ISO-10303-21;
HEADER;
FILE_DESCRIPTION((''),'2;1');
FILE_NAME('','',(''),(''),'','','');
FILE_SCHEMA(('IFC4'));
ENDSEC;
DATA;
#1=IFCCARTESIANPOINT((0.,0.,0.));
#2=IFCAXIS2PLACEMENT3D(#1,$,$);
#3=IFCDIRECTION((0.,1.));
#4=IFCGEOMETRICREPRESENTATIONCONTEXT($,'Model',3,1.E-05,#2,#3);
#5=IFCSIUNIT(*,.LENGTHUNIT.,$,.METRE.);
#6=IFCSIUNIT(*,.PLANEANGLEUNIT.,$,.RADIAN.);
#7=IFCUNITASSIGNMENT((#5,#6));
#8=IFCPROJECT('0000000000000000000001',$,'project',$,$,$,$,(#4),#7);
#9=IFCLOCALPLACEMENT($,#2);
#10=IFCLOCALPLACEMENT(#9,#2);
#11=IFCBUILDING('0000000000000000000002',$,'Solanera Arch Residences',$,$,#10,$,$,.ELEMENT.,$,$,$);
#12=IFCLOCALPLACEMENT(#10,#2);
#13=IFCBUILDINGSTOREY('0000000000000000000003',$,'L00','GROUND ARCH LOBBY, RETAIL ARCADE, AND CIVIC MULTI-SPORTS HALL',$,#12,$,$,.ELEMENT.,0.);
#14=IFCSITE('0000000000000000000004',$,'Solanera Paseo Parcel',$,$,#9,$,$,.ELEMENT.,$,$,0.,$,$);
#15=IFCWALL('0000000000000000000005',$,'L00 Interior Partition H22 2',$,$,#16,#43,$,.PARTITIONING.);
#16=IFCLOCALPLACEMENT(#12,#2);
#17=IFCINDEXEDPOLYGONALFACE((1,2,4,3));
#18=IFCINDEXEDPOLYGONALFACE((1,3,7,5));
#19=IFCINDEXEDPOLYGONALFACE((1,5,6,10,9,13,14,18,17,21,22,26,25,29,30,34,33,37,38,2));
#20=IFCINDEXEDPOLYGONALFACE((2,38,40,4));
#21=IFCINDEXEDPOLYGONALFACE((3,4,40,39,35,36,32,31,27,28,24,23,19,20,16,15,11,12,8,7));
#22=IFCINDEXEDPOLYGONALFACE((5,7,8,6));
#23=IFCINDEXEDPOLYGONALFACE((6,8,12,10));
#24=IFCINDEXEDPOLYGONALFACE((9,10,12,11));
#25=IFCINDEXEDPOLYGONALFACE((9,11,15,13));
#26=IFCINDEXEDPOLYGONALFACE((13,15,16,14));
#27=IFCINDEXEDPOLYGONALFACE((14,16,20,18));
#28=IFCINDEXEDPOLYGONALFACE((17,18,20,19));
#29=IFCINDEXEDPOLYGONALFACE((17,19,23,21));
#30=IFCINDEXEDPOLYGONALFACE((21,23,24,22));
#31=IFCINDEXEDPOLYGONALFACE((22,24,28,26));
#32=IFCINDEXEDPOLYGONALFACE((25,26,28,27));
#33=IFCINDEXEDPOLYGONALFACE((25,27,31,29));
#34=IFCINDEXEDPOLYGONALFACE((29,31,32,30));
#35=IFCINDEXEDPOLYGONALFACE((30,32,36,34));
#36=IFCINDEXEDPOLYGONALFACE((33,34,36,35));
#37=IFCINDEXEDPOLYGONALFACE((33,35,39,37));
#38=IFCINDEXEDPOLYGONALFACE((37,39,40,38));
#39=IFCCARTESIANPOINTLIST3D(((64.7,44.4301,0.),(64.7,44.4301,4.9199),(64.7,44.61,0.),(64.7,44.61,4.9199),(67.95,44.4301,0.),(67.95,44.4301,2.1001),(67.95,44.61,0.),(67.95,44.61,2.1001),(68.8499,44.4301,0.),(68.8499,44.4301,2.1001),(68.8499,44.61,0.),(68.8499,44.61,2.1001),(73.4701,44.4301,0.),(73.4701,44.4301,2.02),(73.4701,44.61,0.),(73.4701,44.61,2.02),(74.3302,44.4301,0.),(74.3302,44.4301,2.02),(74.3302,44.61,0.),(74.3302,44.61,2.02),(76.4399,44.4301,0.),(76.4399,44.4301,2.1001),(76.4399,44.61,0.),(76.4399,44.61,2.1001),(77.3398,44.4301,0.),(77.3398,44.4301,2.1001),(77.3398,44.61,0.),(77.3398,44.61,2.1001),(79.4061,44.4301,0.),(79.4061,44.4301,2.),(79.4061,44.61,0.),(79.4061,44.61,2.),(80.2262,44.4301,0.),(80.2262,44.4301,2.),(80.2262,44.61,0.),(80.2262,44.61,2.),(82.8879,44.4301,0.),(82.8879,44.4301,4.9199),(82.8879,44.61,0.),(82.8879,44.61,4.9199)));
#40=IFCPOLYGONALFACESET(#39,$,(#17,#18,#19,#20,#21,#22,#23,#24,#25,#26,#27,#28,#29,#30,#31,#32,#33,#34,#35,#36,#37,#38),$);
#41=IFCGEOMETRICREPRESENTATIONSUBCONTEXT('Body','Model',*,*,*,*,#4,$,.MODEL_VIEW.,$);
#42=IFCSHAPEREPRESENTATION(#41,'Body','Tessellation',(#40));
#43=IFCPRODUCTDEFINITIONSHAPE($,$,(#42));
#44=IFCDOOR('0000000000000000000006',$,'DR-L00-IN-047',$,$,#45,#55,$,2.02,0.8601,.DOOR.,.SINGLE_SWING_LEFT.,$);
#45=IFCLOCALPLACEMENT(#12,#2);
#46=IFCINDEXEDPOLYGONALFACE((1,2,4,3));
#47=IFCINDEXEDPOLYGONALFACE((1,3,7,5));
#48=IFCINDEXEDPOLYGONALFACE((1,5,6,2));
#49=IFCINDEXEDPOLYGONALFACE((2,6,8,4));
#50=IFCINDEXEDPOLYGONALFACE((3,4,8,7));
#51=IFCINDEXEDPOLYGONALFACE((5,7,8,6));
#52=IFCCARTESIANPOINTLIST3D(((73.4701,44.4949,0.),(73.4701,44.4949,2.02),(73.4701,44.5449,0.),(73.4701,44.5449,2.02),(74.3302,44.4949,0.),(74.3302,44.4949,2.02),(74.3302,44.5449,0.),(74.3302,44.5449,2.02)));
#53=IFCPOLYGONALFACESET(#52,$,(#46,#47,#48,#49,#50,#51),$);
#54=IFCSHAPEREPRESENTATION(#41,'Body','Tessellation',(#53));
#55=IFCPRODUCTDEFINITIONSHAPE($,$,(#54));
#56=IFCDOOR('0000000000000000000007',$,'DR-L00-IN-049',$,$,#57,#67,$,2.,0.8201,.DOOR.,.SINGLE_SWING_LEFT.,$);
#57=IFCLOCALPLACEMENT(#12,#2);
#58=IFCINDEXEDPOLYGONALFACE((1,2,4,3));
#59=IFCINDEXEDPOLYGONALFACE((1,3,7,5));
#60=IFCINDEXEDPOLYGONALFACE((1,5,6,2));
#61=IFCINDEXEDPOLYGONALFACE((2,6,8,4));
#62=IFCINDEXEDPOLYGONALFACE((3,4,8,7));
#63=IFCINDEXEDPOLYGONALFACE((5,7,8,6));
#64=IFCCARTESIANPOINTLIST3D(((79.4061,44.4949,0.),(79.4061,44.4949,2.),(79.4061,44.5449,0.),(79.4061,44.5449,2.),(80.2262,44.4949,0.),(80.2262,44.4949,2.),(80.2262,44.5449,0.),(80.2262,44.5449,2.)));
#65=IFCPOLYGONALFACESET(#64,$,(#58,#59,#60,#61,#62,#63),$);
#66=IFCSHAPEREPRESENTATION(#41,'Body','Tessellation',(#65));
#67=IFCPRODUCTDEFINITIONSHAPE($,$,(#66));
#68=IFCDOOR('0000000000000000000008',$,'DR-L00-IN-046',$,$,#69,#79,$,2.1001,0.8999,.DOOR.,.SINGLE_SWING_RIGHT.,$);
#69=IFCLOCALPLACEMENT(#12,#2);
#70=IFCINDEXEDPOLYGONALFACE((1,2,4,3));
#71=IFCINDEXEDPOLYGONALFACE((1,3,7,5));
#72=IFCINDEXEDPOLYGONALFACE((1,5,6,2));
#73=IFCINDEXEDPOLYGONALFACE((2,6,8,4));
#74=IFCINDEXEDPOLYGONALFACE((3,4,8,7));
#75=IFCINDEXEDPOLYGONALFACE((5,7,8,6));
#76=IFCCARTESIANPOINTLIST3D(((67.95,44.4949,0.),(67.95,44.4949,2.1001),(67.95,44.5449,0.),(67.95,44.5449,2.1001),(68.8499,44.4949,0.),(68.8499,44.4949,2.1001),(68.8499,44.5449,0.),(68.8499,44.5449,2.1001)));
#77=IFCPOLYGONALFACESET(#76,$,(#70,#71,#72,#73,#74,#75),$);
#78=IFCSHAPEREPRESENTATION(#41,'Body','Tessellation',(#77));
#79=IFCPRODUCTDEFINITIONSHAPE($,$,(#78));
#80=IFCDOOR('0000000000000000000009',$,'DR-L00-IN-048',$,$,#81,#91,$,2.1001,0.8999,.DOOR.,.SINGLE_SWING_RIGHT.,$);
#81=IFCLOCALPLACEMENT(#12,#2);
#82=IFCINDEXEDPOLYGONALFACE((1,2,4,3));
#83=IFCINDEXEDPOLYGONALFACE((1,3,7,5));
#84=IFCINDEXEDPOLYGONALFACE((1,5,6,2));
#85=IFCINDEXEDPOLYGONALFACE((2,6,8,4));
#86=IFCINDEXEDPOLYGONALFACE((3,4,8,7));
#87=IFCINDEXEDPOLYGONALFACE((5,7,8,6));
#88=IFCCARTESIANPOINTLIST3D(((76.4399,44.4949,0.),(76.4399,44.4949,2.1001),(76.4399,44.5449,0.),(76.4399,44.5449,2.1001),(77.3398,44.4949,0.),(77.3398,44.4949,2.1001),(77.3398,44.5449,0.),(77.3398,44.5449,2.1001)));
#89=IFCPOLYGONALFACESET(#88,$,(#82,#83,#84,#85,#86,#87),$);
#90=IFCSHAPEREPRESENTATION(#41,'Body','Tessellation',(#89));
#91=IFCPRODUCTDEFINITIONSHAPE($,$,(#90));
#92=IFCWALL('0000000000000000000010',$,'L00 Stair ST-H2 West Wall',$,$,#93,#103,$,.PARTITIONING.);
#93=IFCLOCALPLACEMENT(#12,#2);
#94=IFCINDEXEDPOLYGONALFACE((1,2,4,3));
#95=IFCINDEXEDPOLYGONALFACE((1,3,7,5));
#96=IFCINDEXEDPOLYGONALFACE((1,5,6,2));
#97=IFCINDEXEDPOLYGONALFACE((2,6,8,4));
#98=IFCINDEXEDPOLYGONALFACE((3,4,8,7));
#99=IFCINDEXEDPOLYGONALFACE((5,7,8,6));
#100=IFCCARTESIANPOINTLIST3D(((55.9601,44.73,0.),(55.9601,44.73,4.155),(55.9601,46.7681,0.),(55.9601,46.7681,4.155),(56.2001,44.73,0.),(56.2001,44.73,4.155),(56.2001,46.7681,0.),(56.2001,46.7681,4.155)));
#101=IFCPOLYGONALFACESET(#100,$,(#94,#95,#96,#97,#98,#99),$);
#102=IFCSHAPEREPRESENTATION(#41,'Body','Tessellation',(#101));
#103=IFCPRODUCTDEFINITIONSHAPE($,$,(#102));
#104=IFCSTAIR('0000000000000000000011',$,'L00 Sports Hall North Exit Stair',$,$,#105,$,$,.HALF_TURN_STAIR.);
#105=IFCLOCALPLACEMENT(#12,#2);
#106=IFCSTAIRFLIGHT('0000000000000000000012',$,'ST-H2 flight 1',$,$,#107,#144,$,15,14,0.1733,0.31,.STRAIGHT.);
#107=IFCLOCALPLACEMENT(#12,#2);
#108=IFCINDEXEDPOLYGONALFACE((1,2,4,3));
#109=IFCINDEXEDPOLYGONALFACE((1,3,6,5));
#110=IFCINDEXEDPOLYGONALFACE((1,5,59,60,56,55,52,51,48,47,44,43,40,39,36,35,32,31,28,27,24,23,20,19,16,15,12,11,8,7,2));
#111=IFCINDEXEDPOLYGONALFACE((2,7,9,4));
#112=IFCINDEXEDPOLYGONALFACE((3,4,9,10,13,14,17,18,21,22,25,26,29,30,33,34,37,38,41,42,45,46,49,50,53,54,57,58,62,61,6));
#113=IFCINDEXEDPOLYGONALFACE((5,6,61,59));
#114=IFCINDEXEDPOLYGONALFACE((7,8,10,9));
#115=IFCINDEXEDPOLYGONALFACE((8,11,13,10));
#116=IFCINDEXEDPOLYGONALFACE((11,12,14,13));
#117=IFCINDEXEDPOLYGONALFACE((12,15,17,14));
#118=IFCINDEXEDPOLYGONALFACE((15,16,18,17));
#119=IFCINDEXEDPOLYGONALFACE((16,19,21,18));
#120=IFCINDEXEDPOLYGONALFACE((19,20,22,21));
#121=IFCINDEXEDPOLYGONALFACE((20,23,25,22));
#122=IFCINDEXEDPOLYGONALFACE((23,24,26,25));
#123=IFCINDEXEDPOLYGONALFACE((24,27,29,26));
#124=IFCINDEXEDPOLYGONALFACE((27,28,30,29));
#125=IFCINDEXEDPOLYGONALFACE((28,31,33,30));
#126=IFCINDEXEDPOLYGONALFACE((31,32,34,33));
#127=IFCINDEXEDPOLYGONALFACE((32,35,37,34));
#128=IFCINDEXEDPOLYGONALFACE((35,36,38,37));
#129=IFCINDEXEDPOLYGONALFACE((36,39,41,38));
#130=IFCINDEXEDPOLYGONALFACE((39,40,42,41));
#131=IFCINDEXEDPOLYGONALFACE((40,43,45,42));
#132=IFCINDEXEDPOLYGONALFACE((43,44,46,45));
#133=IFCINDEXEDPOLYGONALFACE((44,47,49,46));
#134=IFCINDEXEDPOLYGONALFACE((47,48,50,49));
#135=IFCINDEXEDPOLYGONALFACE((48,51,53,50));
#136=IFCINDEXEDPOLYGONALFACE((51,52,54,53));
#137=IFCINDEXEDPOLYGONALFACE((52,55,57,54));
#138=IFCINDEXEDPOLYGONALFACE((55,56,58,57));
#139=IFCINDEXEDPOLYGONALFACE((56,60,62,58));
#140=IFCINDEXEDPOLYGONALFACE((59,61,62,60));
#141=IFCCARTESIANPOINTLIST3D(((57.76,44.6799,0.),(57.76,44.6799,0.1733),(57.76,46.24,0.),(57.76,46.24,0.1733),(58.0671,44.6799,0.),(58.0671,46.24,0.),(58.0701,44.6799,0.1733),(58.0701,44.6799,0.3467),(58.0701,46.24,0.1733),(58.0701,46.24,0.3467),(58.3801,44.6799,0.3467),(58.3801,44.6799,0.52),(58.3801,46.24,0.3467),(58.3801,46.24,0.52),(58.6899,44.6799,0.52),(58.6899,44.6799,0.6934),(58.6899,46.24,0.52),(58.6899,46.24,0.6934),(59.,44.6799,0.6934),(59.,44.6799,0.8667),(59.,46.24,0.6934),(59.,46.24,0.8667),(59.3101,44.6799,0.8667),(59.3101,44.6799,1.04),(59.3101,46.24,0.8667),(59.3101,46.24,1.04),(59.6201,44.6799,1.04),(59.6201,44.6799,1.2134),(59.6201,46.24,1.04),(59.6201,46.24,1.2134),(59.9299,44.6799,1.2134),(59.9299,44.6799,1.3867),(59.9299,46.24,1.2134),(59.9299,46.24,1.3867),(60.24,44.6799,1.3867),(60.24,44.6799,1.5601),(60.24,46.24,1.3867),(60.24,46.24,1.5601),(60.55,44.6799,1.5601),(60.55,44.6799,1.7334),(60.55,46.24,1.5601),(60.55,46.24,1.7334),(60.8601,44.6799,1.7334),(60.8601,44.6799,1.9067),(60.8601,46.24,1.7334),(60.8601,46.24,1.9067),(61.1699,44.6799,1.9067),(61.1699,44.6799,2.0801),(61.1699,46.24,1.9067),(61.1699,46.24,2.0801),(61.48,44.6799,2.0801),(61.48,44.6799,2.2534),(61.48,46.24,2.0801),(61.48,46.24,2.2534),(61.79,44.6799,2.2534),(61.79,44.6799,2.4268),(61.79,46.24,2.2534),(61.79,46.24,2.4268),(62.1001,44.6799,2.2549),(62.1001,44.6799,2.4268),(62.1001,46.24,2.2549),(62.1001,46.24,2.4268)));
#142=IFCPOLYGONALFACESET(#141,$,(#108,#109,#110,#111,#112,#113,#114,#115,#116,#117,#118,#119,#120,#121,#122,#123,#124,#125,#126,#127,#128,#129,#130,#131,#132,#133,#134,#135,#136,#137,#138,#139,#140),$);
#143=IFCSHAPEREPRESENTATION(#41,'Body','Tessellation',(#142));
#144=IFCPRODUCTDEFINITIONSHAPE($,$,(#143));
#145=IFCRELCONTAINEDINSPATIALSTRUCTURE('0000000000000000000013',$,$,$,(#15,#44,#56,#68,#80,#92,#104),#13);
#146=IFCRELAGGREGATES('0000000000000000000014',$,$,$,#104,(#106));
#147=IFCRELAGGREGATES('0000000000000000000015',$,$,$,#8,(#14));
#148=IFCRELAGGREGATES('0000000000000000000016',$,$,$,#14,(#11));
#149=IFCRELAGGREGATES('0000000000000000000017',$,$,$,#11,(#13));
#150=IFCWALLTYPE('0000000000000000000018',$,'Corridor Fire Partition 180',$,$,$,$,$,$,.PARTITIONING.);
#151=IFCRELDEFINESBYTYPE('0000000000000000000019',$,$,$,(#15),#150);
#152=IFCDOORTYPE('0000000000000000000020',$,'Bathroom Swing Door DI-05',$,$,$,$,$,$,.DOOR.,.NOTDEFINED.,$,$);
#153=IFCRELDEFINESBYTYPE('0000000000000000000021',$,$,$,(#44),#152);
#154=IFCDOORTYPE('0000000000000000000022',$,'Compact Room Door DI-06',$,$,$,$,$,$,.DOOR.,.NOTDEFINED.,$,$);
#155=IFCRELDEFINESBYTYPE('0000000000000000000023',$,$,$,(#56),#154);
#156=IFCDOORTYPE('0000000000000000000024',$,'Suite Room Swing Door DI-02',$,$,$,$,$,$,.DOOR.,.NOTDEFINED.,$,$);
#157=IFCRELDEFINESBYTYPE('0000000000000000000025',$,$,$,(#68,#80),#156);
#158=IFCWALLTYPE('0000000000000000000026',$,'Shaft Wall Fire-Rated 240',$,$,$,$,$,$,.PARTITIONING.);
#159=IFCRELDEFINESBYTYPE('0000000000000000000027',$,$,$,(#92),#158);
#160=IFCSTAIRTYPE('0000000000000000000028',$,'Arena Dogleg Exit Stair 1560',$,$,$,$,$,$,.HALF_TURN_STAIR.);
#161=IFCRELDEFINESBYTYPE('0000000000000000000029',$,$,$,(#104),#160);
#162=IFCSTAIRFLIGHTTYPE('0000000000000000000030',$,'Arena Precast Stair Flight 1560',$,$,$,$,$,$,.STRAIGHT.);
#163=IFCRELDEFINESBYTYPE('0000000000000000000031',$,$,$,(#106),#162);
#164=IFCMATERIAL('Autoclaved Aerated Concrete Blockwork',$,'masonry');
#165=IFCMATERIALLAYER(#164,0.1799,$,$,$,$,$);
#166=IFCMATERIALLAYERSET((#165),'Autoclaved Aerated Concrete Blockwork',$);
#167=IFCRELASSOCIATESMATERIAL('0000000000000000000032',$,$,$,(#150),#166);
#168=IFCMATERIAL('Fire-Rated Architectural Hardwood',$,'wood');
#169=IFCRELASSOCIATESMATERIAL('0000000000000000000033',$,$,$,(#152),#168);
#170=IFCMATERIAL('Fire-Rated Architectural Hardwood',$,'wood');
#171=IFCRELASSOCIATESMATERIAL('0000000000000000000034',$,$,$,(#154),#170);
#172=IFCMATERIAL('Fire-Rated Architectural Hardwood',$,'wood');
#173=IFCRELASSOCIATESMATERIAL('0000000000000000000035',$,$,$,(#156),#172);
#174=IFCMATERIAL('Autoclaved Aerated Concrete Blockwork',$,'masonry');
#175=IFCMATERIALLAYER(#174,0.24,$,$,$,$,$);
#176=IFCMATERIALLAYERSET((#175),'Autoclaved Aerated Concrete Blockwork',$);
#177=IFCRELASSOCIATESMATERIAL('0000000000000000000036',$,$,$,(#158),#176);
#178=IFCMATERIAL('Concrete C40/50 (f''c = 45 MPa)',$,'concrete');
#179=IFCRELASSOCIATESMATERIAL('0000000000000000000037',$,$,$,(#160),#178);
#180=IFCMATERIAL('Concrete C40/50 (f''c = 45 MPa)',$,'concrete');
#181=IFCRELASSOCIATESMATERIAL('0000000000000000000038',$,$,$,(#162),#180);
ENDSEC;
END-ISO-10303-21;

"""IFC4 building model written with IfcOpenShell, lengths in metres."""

from ifc_helpers import new_model, si_unit, direction, frame, frame_2d, origin, place, context, subcontext, project, spatial, polyline, rectangle, outline, extrude, material, layer, layer_set, type_object, element, fill, aggregate, save


model = new_model("IFC4")

# Units and contexts
model_context = context("Model", 3, precision=1e-05, world=origin(), true_north=direction((0.0, 1.0)))
body_context = subcontext(model_context, "Body", "Model", "MODEL_VIEW")
ifc_project = project(units=[si_unit("LENGTHUNIT", "METRE"), si_unit("PLANEANGLEUNIT", "RADIAN")], contexts=[model_context])

# Site, building, storey
site_placement = place(None, origin())
site = spatial("IfcSite", under=ifc_project, at=site_placement, Name="Solanera Paseo Parcel", CompositionType="ELEMENT", RefElevation=0.0)
building_placement = place(site_placement, origin())
building = spatial("IfcBuilding", under=site, at=building_placement, Name="Solanera Arch Residences", CompositionType="ELEMENT")
storey_placement = place(building_placement, origin())
storey = spatial("IfcBuildingStorey", under=building, at=storey_placement, Name="L00", Description="GROUND ARCH LOBBY, RETAIL ARCADE, AND CIVIC MULTI-SPORTS HALL", CompositionType="ELEMENT", Elevation=0.0)

# Shared definitions
ifc_material_1 = material(Name="Autoclaved Aerated Concrete Blockwork", Category="masonry")
ifc_layer_1 = layer(ifc_material_1, 0.1799)
ifc_layer_set_1 = layer_set([ifc_layer_1], Name="Autoclaved Aerated Concrete Blockwork")
wall_type_1 = type_object("IfcWallType", Name="Corridor Fire Partition 180", PredefinedType="PARTITIONING", material=ifc_layer_set_1)

# Wall, openings, doors
wall_1_placement = place(storey_placement, frame((64.7, 44.52, 0.0), z_axis=(0.0, 0.0, 1.0), x_axis=(1.0, 0.0, 0.0)))
wall_1 = element("IfcWall", 1, at=wall_1_placement, inside=storey, type_object=wall_type_1, Name="L00 Interior Partition H22 2", PredefinedType="PARTITIONING", context=body_context, shape_type="SweptSolid", body=[
    extrude(rectangle(XDim=18.188, YDim=0.1799, at=frame_2d((9.094, 0.0))), origin(), (0.0, 0.0, 1.0), 4.9199),
])
opening_1_placement = place(wall_1_placement, frame((3.25, 0.0, 0.0)))
opening_1 = element("IfcOpeningElement", 2, at=opening_1_placement, cuts=wall_1, PredefinedType="OPENING", context=body_context, shape_type="SweptSolid", body=[
    extrude(rectangle(XDim=0.8999, YDim=2.1001, at=frame_2d((0.45, 1.05))), frame((0.0, 0.1001, 0.0), z_axis=(0.0, -1.0, 0.0), x_axis=(1.0, 0.0, 0.0)), (0.0, 0.0, 1.0), 0.1999),
])
opening_2_placement = place(wall_1_placement, frame((8.77, 0.0, 0.0)))
opening_2 = element("IfcOpeningElement", 3, at=opening_2_placement, cuts=wall_1, PredefinedType="OPENING", context=body_context, shape_type="SweptSolid", body=[
    extrude(rectangle(XDim=0.8601, YDim=2.02, at=frame_2d((0.4302, 1.01))), frame((0.0, 0.1001, 0.0), z_axis=(0.0, -1.0, 0.0), x_axis=(1.0, 0.0, 0.0)), (0.0, 0.0, 1.0), 0.1999),
])
opening_3_placement = place(wall_1_placement, frame((11.74, 0.0, 0.0)))
opening_3 = element("IfcOpeningElement", 4, at=opening_3_placement, cuts=wall_1, PredefinedType="OPENING", context=body_context, shape_type="SweptSolid", body=[
    extrude(rectangle(XDim=0.8999, YDim=2.1001, at=frame_2d((0.45, 1.05))), frame((0.0, 0.1001, 0.0), z_axis=(0.0, -1.0, 0.0), x_axis=(1.0, 0.0, 0.0)), (0.0, 0.0, 1.0), 0.1999),
])
opening_4_placement = place(wall_1_placement, frame((14.7061, 0.0, 0.0)))
opening_4 = element("IfcOpeningElement", 5, at=opening_4_placement, cuts=wall_1, PredefinedType="OPENING", context=body_context, shape_type="SweptSolid", body=[
    extrude(rectangle(XDim=0.8201, YDim=2.0, at=frame_2d((0.4102, 1.0))), frame((0.0, 0.1001, 0.0), z_axis=(0.0, -1.0, 0.0), x_axis=(1.0, 0.0, 0.0)), (0.0, 0.0, 1.0), 0.1999),
])
ifc_material_2 = material(Name="Fire-Rated Architectural Hardwood", Category="wood")
door_type_1 = type_object("IfcDoorType", Name="Bathroom Swing Door DI-05", OperationType="NOTDEFINED", PredefinedType="DOOR", material=ifc_material_2)
door_1_placement = place(opening_2_placement, origin())
door_1 = element("IfcDoor", 6, at=door_1_placement, inside=storey, type_object=door_type_1, Name="DR-L00-IN-047", OperationType="SINGLE_SWING_LEFT", OverallHeight=2.02, OverallWidth=0.8601, PredefinedType="DOOR", context=body_context, shape_type="SweptSolid", body=[
    extrude(rectangle(XDim=0.8601, YDim=2.02, at=frame_2d((0.4302, 1.01))), frame((0.0, 0.0249, 0.0), z_axis=(0.0, -1.0, 0.0), x_axis=(1.0, 0.0, 0.0)), (0.0, 0.0, 1.0), 0.05),
])
fill(opening_2, door_1)
ifc_material_3 = material(Name="Fire-Rated Architectural Hardwood", Category="wood")
door_type_2 = type_object("IfcDoorType", Name="Compact Room Door DI-06", OperationType="NOTDEFINED", PredefinedType="DOOR", material=ifc_material_3)
door_2_placement = place(opening_4_placement, origin())
door_2 = element("IfcDoor", 7, at=door_2_placement, inside=storey, type_object=door_type_2, Name="DR-L00-IN-049", OperationType="SINGLE_SWING_LEFT", OverallHeight=2.0, OverallWidth=0.8201, PredefinedType="DOOR", context=body_context, shape_type="SweptSolid", body=[
    extrude(rectangle(XDim=0.8201, YDim=2.0, at=frame_2d((0.4102, 1.0))), frame((0.0, 0.0249, 0.0), z_axis=(0.0, -1.0, 0.0), x_axis=(1.0, 0.0, 0.0)), (0.0, 0.0, 1.0), 0.05),
])
fill(opening_4, door_2)
ifc_material_4 = material(Name="Fire-Rated Architectural Hardwood", Category="wood")
door_type_3 = type_object("IfcDoorType", Name="Suite Room Swing Door DI-02", OperationType="NOTDEFINED", PredefinedType="DOOR", material=ifc_material_4)
door_3_placement = place(opening_1_placement, origin())
door_3 = element("IfcDoor", 8, at=door_3_placement, inside=storey, type_object=door_type_3, Name="DR-L00-IN-046", OperationType="SINGLE_SWING_RIGHT", OverallHeight=2.1001, OverallWidth=0.8999, PredefinedType="DOOR", context=body_context, shape_type="SweptSolid", body=[
    extrude(rectangle(XDim=0.8999, YDim=2.1001, at=frame_2d((0.45, 1.05))), frame((0.0, 0.0249, 0.0), z_axis=(0.0, -1.0, 0.0), x_axis=(1.0, 0.0, 0.0)), (0.0, 0.0, 1.0), 0.05),
])
fill(opening_1, door_3)
door_4_placement = place(opening_3_placement, origin())
door_4 = element("IfcDoor", 9, at=door_4_placement, inside=storey, type_object=door_type_3, Name="DR-L00-IN-048", OperationType="SINGLE_SWING_RIGHT", OverallHeight=2.1001, OverallWidth=0.8999, PredefinedType="DOOR", context=body_context, shape_type="SweptSolid", body=[
    extrude(rectangle(XDim=0.8999, YDim=2.1001, at=frame_2d((0.45, 1.05))), frame((0.0, 0.0249, 0.0), z_axis=(0.0, -1.0, 0.0), x_axis=(1.0, 0.0, 0.0)), (0.0, 0.0, 1.0), 0.05),
])
fill(opening_3, door_4)

# Wall
ifc_material_5 = material(Name="Autoclaved Aerated Concrete Blockwork", Category="masonry")
ifc_layer_2 = layer(ifc_material_5, 0.24)
ifc_layer_set_2 = layer_set([ifc_layer_2], Name="Autoclaved Aerated Concrete Blockwork")
wall_type_2 = type_object("IfcWallType", Name="Shaft Wall Fire-Rated 240", PredefinedType="PARTITIONING", material=ifc_layer_set_2)
wall_2_placement = place(storey_placement, frame((56.0801, 44.73, 0.0), z_axis=(0.0, 0.0, 1.0), x_axis=(0.0, 1.0, 0.0)))
element("IfcWall", 10, at=wall_2_placement, inside=storey, type_object=wall_type_2, Name="L00 Stair ST-H2 West Wall", PredefinedType="PARTITIONING", context=body_context, shape_type="SweptSolid", body=[
    extrude(rectangle(XDim=2.0381, YDim=0.24, at=frame_2d((1.019, 0.0))), origin(), (0.0, 0.0, 1.0), 4.155),
])

# Stair, stair flight
ifc_material_6 = material(Name="Concrete C40/50 (f'c = 45 MPa)", Category="concrete")
stair_type = type_object("IfcStairType", Name="Arena Dogleg Exit Stair 1560", PredefinedType="HALF_TURN_STAIR", material=ifc_material_6)
stair_placement = place(storey_placement, origin())
stair = element("IfcStair", 11, at=stair_placement, inside=storey, type_object=stair_type, Name="L00 Sports Hall North Exit Stair", PredefinedType="HALF_TURN_STAIR")
ifc_material_7 = material(Name="Concrete C40/50 (f'c = 45 MPa)", Category="concrete")
stair_flight_type = type_object("IfcStairFlightType", Name="Arena Precast Stair Flight 1560", PredefinedType="STRAIGHT", material=ifc_material_7)
stair_flight_1_placement = place(storey_placement, frame((57.76, 45.46, 0.0), z_axis=(0.0, 0.0, 1.0), x_axis=(1.0, 0.0, 0.0)))
stair_flight_1 = element("IfcStairFlight", 12, at=stair_flight_1_placement, type_object=stair_flight_type, Name="ST-H2 flight 1", NumberOfRisers=15, NumberOfTreads=14, PredefinedType="STRAIGHT", RiserHeight=0.1733, TreadLength=0.31, context=body_context, shape_type="SweptSolid", body=[
    extrude(outline(polyline([(0.0, 0.0), (0.0, 0.1733), (0.3101, 0.1733), (0.3101, 0.3467), (0.6201, 0.3467), (0.6201, 0.52), (0.9299, 0.52), (0.9299, 0.6934), (1.24, 0.6934), (1.24, 0.8667), (1.55, 0.8667), (1.55, 1.04), (1.8601, 1.04), (1.8601, 1.2134), (2.1699, 1.2134), (2.1699, 1.3867), (2.48, 1.3867), (2.48, 1.5601), (2.79, 1.5601), (2.79, 1.7334), (3.1001, 1.7334), (3.1001, 1.9067), (3.4099, 1.9067), (3.4099, 2.0801), (3.72, 2.0801), (3.72, 2.2534), (4.03, 2.2534), (4.03, 2.4268), (4.3401, 2.4268), (4.3401, 2.6001), (4.3401, 2.2549), (0.3071, 0.0), (0.0, 0.0)])), frame((0.0, 0.78, 0.0), z_axis=(0.0, -1.0, 0.0), x_axis=(1.0, 0.0, 0.0)), (0.0, 0.0, 1.0), 1.5601),
])
aggregate(stair, [stair_flight_1])

save(model, "model.ifc")
